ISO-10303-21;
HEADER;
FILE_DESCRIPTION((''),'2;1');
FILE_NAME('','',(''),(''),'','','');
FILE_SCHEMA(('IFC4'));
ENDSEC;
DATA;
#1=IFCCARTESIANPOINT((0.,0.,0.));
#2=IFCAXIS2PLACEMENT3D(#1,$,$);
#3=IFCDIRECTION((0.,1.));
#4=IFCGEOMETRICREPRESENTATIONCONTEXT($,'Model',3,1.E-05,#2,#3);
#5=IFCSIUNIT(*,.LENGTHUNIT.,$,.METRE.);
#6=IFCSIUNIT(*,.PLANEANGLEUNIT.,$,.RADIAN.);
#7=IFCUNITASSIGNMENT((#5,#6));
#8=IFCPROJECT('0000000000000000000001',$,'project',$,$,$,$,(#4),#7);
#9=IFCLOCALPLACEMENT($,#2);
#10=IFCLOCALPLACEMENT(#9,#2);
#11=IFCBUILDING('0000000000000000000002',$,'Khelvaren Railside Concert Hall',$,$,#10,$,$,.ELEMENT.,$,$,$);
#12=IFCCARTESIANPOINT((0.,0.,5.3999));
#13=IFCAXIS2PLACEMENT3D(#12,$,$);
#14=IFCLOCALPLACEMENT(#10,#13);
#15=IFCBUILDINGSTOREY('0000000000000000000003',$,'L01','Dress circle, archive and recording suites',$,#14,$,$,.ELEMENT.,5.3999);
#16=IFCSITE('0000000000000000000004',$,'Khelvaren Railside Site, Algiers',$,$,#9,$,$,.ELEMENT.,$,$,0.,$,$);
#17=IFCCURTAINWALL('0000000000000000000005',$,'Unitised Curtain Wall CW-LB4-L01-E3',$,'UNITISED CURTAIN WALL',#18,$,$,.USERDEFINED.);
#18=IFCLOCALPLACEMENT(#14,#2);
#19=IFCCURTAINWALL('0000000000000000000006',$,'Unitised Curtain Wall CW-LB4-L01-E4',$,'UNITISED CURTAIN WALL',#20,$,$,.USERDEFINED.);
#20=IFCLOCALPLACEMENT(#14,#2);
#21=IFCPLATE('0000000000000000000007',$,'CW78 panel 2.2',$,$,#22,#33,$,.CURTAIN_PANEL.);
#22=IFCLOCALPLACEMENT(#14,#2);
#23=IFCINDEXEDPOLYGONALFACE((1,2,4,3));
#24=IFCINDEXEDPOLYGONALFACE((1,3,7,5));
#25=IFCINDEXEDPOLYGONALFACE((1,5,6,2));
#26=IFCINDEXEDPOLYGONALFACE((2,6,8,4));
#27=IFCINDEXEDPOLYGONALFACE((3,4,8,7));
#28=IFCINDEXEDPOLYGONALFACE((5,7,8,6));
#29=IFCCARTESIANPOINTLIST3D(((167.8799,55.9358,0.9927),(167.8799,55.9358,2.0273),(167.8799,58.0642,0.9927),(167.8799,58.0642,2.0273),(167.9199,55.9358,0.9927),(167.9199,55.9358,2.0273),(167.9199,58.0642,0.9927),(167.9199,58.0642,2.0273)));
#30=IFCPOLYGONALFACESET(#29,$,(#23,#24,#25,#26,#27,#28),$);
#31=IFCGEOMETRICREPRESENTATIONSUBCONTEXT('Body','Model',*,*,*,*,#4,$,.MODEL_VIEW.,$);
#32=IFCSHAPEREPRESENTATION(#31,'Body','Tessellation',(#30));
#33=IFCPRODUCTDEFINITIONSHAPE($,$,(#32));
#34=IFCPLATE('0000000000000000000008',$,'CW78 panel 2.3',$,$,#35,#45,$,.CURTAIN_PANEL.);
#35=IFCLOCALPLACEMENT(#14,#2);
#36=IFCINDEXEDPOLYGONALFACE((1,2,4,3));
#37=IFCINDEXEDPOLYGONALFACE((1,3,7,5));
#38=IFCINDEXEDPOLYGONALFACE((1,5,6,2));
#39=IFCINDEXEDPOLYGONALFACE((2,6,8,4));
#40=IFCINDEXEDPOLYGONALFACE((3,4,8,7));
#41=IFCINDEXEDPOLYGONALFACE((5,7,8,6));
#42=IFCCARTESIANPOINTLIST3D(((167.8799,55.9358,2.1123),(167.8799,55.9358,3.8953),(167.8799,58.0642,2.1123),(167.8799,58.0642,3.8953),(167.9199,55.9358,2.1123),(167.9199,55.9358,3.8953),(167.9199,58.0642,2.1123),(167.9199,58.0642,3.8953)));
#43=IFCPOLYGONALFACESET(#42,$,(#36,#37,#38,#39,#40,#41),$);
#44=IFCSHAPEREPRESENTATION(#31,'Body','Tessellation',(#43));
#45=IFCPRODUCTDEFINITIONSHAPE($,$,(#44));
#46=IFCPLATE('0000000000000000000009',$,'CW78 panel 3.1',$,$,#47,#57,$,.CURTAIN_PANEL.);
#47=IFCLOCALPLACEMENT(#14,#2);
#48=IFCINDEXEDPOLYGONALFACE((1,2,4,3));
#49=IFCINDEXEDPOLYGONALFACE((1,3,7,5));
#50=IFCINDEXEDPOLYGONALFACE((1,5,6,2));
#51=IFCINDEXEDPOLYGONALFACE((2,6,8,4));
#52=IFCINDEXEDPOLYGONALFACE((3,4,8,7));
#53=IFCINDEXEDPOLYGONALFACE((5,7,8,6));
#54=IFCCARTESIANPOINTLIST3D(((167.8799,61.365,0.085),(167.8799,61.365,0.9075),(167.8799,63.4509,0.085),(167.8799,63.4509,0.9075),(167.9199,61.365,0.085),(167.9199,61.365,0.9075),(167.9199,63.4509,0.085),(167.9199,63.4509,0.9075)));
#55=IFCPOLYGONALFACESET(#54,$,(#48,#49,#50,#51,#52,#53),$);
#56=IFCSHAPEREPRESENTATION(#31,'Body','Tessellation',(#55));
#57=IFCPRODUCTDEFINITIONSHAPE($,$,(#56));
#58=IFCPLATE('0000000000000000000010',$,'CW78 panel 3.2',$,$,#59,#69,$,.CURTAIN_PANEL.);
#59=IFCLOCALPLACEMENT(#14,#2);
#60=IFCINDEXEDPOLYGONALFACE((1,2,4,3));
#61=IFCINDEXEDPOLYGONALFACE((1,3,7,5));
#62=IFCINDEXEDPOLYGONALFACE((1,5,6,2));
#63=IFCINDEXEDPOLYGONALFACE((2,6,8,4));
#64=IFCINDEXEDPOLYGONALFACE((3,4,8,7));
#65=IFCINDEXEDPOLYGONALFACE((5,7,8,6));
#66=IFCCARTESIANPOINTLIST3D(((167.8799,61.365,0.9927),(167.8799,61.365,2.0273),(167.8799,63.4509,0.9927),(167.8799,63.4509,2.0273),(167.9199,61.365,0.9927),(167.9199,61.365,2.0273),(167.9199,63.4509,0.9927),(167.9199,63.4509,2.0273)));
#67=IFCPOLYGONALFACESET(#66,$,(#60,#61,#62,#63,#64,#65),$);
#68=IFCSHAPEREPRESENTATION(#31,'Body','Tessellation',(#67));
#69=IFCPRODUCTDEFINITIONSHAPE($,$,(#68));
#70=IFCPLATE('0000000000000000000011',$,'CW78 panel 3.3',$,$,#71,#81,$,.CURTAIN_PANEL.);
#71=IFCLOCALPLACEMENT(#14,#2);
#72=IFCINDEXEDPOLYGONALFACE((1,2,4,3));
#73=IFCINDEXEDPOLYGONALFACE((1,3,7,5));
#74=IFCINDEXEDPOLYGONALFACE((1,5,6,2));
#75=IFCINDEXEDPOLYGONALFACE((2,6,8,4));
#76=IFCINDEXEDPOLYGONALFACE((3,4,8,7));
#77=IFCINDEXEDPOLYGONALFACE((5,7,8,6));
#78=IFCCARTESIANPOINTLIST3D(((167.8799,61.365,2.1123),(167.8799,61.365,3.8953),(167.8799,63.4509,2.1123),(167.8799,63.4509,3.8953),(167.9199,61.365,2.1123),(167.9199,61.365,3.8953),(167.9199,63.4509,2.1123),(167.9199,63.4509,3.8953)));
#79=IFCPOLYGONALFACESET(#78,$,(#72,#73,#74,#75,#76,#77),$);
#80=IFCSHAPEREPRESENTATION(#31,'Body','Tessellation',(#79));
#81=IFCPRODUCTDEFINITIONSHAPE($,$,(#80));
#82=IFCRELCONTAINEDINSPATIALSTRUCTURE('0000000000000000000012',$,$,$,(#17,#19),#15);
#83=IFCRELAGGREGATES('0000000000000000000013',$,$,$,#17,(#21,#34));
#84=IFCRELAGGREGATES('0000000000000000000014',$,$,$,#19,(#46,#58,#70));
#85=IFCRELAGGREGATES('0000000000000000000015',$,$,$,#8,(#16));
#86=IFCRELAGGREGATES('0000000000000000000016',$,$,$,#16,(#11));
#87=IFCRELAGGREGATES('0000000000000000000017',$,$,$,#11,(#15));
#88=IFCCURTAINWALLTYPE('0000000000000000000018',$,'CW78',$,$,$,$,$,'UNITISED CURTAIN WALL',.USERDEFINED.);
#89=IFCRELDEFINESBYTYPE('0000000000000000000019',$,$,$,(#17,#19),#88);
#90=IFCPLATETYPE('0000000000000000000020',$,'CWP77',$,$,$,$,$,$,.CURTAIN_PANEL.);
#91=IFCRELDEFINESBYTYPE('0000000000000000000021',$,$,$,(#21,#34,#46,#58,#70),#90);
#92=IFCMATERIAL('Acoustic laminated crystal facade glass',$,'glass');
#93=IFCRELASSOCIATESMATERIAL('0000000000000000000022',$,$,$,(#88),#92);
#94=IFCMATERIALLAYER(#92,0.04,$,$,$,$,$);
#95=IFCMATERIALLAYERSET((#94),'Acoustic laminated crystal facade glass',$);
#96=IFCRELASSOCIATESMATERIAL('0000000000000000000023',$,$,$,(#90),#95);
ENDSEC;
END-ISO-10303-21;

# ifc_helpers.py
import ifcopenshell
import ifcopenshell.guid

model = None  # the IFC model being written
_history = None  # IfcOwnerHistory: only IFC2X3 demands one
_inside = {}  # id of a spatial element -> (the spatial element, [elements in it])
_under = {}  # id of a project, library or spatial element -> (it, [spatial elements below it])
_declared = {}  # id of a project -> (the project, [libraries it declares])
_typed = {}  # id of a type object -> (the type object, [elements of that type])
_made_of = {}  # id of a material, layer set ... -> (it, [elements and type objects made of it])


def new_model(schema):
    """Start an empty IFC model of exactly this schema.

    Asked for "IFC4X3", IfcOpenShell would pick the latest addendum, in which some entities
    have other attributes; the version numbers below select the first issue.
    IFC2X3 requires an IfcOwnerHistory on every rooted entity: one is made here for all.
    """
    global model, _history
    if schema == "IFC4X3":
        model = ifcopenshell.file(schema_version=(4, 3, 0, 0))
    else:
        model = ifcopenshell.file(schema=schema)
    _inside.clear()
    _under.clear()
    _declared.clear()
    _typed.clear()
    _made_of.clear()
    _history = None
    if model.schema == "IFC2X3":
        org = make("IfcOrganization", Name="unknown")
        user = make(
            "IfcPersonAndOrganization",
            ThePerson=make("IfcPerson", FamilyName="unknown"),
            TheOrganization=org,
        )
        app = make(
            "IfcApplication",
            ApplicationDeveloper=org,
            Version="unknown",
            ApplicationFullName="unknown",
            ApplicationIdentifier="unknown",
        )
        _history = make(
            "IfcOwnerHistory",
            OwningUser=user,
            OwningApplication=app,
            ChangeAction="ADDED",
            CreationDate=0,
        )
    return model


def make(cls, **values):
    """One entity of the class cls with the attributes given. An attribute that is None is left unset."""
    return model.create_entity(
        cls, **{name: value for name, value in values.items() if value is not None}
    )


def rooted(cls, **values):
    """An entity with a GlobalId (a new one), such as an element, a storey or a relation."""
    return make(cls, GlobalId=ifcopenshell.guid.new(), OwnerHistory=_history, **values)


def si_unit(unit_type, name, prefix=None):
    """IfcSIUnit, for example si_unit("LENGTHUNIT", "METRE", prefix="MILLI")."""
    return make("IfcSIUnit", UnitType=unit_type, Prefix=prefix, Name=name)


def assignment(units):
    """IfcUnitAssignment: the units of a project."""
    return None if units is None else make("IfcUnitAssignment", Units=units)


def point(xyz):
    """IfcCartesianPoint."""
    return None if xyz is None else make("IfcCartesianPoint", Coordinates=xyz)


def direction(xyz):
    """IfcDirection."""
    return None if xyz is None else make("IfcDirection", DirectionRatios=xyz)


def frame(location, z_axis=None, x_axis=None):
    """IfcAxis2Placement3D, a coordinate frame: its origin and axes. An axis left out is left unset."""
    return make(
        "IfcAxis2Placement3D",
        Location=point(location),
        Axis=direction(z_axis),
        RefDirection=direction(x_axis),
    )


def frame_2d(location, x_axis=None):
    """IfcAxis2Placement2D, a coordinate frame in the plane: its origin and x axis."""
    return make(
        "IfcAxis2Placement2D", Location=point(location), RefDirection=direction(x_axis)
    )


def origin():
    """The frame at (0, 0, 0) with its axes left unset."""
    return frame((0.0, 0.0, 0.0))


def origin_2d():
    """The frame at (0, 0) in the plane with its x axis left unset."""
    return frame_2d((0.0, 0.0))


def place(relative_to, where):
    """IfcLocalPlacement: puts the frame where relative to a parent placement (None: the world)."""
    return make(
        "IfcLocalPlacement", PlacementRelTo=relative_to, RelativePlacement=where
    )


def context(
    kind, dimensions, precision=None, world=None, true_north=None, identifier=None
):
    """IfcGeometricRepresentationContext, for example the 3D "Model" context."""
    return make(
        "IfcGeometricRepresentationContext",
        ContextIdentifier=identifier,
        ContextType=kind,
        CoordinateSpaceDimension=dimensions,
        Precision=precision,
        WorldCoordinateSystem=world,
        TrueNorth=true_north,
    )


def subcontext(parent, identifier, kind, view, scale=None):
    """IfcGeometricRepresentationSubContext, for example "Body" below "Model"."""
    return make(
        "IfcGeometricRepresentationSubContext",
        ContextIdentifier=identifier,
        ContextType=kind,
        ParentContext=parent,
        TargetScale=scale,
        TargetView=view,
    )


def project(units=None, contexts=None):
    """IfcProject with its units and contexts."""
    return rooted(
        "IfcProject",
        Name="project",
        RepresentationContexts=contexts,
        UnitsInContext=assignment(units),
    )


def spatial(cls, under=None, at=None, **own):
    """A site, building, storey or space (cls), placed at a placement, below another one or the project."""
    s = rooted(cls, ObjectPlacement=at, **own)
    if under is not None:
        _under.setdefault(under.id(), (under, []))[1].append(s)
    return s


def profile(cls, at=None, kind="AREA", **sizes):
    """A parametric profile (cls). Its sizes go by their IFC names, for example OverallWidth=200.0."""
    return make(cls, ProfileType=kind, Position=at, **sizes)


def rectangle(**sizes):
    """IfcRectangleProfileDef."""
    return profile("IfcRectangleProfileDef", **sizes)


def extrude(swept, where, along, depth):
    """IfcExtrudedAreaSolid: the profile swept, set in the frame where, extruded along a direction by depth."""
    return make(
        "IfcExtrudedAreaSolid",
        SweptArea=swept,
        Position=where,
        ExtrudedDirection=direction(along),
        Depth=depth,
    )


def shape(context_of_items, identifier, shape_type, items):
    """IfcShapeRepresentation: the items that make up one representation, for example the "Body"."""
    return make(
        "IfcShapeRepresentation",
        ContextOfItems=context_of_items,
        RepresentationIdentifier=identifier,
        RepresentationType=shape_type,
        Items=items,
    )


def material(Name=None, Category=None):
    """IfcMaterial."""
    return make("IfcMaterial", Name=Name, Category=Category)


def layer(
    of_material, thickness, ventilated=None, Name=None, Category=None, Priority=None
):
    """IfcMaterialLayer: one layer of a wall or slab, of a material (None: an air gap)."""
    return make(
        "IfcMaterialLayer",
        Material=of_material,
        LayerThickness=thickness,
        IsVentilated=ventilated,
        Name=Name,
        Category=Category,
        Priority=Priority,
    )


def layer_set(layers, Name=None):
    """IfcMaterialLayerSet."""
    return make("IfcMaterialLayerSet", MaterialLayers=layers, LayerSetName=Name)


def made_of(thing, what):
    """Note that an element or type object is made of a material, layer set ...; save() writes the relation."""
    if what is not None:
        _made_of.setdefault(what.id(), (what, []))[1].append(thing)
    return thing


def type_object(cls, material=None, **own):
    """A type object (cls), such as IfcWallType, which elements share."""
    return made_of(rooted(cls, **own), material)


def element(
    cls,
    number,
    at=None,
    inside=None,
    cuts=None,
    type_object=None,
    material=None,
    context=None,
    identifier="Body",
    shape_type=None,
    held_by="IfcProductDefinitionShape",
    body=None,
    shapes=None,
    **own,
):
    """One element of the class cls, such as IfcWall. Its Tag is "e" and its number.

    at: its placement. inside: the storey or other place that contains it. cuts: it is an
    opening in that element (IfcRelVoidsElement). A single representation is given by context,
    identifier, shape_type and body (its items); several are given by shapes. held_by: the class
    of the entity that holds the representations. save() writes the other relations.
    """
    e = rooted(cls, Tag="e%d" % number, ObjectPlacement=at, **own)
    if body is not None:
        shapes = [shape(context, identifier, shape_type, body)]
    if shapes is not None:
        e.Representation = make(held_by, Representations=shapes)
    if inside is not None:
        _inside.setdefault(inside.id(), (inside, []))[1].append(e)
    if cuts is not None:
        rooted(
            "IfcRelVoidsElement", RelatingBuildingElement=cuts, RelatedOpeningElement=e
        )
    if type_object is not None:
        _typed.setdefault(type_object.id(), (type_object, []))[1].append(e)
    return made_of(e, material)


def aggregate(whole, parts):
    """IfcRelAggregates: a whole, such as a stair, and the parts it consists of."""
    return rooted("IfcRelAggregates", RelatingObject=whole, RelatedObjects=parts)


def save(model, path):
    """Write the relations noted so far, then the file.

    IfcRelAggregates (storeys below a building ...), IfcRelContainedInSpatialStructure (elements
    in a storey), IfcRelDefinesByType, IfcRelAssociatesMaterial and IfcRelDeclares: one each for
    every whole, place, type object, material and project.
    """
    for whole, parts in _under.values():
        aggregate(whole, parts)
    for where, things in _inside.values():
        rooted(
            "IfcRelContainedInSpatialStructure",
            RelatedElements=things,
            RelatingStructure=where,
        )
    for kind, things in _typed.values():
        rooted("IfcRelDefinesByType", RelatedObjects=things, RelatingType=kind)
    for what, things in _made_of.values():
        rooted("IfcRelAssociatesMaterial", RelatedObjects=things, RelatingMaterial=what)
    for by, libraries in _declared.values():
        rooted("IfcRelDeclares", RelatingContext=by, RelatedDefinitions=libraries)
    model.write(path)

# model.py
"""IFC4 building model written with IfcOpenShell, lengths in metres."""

from ifc_helpers import new_model, si_unit, direction, frame, origin, origin_2d, place, context, subcontext, project, spatial, rectangle, extrude, material, layer, layer_set, type_object, element, aggregate, save


model = new_model("IFC4")

# Units and contexts
model_context = context("Model", 3, precision=1e-05, world=origin(), true_north=direction((0.0, 1.0)))
body_context = subcontext(model_context, "Body", "Model", "MODEL_VIEW")
ifc_project = project(units=[si_unit("LENGTHUNIT", "METRE"), si_unit("PLANEANGLEUNIT", "RADIAN")], contexts=[model_context])

# Site, building, storey
site_placement = place(None, origin())
site = spatial("IfcSite", under=ifc_project, at=site_placement, Name="Khelvaren Railside Site, Algiers", CompositionType="ELEMENT", RefElevation=0.0)
building_placement = place(site_placement, origin())
building = spatial("IfcBuilding", under=site, at=building_placement, Name="Khelvaren Railside Concert Hall", CompositionType="ELEMENT")
storey_placement = place(building_placement, frame((0.0, 0.0, 5.3999)))
storey = spatial("IfcBuildingStorey", under=building, at=storey_placement, Name="L01", Description="Dress circle, archive and recording suites", CompositionType="ELEMENT", Elevation=5.3999)

# Curtain wall
ifc_material_1 = material(Name="Acoustic laminated crystal facade glass", Category="glass")
curtain_wall_type = type_object("IfcCurtainWallType", Name="CW78", ElementType="UNITISED CURTAIN WALL", PredefinedType="USERDEFINED", material=ifc_material_1)
curtain_wall_1_placement = place(storey_placement, origin())
curtain_wall_1 = element("IfcCurtainWall", 1, at=curtain_wall_1_placement, inside=storey, type_object=curtain_wall_type, Name="Unitised Curtain Wall CW-LB4-L01-E3", ObjectType="UNITISED CURTAIN WALL", PredefinedType="USERDEFINED")

# Curtain wall
curtain_wall_2_placement = place(storey_placement, origin())
curtain_wall_2 = element("IfcCurtainWall", 2, at=curtain_wall_2_placement, inside=storey, type_object=curtain_wall_type, Name="Unitised Curtain Wall CW-LB4-L01-E4", ObjectType="UNITISED CURTAIN WALL", PredefinedType="USERDEFINED")

# Plates
ifc_layer = layer(ifc_material_1, 0.04)
ifc_layer_set = layer_set([ifc_layer], Name="Acoustic laminated crystal facade glass")
plate_type = type_object("IfcPlateType", Name="CWP77", PredefinedType="CURTAIN_PANEL", material=ifc_layer_set)
plate_1_placement = place(storey_placement, frame((167.8999, 57.0, 0.9927), z_axis=(0.0, 0.0, 1.0), x_axis=(0.0, -1.0, 0.0)))
plate_1 = element("IfcPlate", 3, at=plate_1_placement, type_object=plate_type, Name="CW78 panel 2.2", PredefinedType="CURTAIN_PANEL", context=body_context, shape_type="SweptSolid", body=[
    extrude(rectangle(XDim=2.1284, YDim=0.04, at=origin_2d()), origin(), (0.0, 0.0, 1.0), 1.0347),
])
plate_2_placement = place(storey_placement, frame((167.8999, 57.0, 2.1123), z_axis=(0.0, 0.0, 1.0), x_axis=(0.0, -1.0, 0.0)))
plate_2 = element("IfcPlate", 4, at=plate_2_placement, type_object=plate_type, Name="CW78 panel 2.3", PredefinedType="CURTAIN_PANEL", context=body_context, shape_type="SweptSolid", body=[
    extrude(rectangle(XDim=2.1284, YDim=0.04, at=origin_2d()), origin(), (0.0, 0.0, 1.0), 1.783),
])
aggregate(curtain_wall_1, [plate_1, plate_2])
plate_3_placement = place(storey_placement, frame((167.8999, 62.408, 0.085), z_axis=(0.0, 0.0, 1.0), x_axis=(0.0, -1.0, 0.0)))
plate_3 = element("IfcPlate", 5, at=plate_3_placement, type_object=plate_type, Name="CW78 panel 3.1", PredefinedType="CURTAIN_PANEL", context=body_context, shape_type="SweptSolid", body=[
    extrude(rectangle(XDim=2.0859, YDim=0.04, at=origin_2d()), origin(), (0.0, 0.0, 1.0), 0.8225),
])
plate_4_placement = place(storey_placement, frame((167.8999, 62.408, 0.9927), z_axis=(0.0, 0.0, 1.0), x_axis=(0.0, -1.0, 0.0)))
plate_4 = element("IfcPlate", 6, at=plate_4_placement, type_object=plate_type, Name="CW78 panel 3.2", PredefinedType="CURTAIN_PANEL", context=body_context, shape_type="SweptSolid", body=[
    extrude(rectangle(XDim=2.0859, YDim=0.04, at=origin_2d()), origin(), (0.0, 0.0, 1.0), 1.0347),
])
plate_5_placement = place(storey_placement, frame((167.8999, 62.408, 2.1123), z_axis=(0.0, 0.0, 1.0), x_axis=(0.0, -1.0, 0.0)))
plate_5 = element("IfcPlate", 7, at=plate_5_placement, type_object=plate_type, Name="CW78 panel 3.3", PredefinedType="CURTAIN_PANEL", context=body_context, shape_type="SweptSolid", body=[
    extrude(rectangle(XDim=2.0859, YDim=0.04, at=origin_2d()), origin(), (0.0, 0.0, 1.0), 1.783),
])
aggregate(curtain_wall_2, [plate_3, plate_4, plate_5])

save(model, "model.ifc")
